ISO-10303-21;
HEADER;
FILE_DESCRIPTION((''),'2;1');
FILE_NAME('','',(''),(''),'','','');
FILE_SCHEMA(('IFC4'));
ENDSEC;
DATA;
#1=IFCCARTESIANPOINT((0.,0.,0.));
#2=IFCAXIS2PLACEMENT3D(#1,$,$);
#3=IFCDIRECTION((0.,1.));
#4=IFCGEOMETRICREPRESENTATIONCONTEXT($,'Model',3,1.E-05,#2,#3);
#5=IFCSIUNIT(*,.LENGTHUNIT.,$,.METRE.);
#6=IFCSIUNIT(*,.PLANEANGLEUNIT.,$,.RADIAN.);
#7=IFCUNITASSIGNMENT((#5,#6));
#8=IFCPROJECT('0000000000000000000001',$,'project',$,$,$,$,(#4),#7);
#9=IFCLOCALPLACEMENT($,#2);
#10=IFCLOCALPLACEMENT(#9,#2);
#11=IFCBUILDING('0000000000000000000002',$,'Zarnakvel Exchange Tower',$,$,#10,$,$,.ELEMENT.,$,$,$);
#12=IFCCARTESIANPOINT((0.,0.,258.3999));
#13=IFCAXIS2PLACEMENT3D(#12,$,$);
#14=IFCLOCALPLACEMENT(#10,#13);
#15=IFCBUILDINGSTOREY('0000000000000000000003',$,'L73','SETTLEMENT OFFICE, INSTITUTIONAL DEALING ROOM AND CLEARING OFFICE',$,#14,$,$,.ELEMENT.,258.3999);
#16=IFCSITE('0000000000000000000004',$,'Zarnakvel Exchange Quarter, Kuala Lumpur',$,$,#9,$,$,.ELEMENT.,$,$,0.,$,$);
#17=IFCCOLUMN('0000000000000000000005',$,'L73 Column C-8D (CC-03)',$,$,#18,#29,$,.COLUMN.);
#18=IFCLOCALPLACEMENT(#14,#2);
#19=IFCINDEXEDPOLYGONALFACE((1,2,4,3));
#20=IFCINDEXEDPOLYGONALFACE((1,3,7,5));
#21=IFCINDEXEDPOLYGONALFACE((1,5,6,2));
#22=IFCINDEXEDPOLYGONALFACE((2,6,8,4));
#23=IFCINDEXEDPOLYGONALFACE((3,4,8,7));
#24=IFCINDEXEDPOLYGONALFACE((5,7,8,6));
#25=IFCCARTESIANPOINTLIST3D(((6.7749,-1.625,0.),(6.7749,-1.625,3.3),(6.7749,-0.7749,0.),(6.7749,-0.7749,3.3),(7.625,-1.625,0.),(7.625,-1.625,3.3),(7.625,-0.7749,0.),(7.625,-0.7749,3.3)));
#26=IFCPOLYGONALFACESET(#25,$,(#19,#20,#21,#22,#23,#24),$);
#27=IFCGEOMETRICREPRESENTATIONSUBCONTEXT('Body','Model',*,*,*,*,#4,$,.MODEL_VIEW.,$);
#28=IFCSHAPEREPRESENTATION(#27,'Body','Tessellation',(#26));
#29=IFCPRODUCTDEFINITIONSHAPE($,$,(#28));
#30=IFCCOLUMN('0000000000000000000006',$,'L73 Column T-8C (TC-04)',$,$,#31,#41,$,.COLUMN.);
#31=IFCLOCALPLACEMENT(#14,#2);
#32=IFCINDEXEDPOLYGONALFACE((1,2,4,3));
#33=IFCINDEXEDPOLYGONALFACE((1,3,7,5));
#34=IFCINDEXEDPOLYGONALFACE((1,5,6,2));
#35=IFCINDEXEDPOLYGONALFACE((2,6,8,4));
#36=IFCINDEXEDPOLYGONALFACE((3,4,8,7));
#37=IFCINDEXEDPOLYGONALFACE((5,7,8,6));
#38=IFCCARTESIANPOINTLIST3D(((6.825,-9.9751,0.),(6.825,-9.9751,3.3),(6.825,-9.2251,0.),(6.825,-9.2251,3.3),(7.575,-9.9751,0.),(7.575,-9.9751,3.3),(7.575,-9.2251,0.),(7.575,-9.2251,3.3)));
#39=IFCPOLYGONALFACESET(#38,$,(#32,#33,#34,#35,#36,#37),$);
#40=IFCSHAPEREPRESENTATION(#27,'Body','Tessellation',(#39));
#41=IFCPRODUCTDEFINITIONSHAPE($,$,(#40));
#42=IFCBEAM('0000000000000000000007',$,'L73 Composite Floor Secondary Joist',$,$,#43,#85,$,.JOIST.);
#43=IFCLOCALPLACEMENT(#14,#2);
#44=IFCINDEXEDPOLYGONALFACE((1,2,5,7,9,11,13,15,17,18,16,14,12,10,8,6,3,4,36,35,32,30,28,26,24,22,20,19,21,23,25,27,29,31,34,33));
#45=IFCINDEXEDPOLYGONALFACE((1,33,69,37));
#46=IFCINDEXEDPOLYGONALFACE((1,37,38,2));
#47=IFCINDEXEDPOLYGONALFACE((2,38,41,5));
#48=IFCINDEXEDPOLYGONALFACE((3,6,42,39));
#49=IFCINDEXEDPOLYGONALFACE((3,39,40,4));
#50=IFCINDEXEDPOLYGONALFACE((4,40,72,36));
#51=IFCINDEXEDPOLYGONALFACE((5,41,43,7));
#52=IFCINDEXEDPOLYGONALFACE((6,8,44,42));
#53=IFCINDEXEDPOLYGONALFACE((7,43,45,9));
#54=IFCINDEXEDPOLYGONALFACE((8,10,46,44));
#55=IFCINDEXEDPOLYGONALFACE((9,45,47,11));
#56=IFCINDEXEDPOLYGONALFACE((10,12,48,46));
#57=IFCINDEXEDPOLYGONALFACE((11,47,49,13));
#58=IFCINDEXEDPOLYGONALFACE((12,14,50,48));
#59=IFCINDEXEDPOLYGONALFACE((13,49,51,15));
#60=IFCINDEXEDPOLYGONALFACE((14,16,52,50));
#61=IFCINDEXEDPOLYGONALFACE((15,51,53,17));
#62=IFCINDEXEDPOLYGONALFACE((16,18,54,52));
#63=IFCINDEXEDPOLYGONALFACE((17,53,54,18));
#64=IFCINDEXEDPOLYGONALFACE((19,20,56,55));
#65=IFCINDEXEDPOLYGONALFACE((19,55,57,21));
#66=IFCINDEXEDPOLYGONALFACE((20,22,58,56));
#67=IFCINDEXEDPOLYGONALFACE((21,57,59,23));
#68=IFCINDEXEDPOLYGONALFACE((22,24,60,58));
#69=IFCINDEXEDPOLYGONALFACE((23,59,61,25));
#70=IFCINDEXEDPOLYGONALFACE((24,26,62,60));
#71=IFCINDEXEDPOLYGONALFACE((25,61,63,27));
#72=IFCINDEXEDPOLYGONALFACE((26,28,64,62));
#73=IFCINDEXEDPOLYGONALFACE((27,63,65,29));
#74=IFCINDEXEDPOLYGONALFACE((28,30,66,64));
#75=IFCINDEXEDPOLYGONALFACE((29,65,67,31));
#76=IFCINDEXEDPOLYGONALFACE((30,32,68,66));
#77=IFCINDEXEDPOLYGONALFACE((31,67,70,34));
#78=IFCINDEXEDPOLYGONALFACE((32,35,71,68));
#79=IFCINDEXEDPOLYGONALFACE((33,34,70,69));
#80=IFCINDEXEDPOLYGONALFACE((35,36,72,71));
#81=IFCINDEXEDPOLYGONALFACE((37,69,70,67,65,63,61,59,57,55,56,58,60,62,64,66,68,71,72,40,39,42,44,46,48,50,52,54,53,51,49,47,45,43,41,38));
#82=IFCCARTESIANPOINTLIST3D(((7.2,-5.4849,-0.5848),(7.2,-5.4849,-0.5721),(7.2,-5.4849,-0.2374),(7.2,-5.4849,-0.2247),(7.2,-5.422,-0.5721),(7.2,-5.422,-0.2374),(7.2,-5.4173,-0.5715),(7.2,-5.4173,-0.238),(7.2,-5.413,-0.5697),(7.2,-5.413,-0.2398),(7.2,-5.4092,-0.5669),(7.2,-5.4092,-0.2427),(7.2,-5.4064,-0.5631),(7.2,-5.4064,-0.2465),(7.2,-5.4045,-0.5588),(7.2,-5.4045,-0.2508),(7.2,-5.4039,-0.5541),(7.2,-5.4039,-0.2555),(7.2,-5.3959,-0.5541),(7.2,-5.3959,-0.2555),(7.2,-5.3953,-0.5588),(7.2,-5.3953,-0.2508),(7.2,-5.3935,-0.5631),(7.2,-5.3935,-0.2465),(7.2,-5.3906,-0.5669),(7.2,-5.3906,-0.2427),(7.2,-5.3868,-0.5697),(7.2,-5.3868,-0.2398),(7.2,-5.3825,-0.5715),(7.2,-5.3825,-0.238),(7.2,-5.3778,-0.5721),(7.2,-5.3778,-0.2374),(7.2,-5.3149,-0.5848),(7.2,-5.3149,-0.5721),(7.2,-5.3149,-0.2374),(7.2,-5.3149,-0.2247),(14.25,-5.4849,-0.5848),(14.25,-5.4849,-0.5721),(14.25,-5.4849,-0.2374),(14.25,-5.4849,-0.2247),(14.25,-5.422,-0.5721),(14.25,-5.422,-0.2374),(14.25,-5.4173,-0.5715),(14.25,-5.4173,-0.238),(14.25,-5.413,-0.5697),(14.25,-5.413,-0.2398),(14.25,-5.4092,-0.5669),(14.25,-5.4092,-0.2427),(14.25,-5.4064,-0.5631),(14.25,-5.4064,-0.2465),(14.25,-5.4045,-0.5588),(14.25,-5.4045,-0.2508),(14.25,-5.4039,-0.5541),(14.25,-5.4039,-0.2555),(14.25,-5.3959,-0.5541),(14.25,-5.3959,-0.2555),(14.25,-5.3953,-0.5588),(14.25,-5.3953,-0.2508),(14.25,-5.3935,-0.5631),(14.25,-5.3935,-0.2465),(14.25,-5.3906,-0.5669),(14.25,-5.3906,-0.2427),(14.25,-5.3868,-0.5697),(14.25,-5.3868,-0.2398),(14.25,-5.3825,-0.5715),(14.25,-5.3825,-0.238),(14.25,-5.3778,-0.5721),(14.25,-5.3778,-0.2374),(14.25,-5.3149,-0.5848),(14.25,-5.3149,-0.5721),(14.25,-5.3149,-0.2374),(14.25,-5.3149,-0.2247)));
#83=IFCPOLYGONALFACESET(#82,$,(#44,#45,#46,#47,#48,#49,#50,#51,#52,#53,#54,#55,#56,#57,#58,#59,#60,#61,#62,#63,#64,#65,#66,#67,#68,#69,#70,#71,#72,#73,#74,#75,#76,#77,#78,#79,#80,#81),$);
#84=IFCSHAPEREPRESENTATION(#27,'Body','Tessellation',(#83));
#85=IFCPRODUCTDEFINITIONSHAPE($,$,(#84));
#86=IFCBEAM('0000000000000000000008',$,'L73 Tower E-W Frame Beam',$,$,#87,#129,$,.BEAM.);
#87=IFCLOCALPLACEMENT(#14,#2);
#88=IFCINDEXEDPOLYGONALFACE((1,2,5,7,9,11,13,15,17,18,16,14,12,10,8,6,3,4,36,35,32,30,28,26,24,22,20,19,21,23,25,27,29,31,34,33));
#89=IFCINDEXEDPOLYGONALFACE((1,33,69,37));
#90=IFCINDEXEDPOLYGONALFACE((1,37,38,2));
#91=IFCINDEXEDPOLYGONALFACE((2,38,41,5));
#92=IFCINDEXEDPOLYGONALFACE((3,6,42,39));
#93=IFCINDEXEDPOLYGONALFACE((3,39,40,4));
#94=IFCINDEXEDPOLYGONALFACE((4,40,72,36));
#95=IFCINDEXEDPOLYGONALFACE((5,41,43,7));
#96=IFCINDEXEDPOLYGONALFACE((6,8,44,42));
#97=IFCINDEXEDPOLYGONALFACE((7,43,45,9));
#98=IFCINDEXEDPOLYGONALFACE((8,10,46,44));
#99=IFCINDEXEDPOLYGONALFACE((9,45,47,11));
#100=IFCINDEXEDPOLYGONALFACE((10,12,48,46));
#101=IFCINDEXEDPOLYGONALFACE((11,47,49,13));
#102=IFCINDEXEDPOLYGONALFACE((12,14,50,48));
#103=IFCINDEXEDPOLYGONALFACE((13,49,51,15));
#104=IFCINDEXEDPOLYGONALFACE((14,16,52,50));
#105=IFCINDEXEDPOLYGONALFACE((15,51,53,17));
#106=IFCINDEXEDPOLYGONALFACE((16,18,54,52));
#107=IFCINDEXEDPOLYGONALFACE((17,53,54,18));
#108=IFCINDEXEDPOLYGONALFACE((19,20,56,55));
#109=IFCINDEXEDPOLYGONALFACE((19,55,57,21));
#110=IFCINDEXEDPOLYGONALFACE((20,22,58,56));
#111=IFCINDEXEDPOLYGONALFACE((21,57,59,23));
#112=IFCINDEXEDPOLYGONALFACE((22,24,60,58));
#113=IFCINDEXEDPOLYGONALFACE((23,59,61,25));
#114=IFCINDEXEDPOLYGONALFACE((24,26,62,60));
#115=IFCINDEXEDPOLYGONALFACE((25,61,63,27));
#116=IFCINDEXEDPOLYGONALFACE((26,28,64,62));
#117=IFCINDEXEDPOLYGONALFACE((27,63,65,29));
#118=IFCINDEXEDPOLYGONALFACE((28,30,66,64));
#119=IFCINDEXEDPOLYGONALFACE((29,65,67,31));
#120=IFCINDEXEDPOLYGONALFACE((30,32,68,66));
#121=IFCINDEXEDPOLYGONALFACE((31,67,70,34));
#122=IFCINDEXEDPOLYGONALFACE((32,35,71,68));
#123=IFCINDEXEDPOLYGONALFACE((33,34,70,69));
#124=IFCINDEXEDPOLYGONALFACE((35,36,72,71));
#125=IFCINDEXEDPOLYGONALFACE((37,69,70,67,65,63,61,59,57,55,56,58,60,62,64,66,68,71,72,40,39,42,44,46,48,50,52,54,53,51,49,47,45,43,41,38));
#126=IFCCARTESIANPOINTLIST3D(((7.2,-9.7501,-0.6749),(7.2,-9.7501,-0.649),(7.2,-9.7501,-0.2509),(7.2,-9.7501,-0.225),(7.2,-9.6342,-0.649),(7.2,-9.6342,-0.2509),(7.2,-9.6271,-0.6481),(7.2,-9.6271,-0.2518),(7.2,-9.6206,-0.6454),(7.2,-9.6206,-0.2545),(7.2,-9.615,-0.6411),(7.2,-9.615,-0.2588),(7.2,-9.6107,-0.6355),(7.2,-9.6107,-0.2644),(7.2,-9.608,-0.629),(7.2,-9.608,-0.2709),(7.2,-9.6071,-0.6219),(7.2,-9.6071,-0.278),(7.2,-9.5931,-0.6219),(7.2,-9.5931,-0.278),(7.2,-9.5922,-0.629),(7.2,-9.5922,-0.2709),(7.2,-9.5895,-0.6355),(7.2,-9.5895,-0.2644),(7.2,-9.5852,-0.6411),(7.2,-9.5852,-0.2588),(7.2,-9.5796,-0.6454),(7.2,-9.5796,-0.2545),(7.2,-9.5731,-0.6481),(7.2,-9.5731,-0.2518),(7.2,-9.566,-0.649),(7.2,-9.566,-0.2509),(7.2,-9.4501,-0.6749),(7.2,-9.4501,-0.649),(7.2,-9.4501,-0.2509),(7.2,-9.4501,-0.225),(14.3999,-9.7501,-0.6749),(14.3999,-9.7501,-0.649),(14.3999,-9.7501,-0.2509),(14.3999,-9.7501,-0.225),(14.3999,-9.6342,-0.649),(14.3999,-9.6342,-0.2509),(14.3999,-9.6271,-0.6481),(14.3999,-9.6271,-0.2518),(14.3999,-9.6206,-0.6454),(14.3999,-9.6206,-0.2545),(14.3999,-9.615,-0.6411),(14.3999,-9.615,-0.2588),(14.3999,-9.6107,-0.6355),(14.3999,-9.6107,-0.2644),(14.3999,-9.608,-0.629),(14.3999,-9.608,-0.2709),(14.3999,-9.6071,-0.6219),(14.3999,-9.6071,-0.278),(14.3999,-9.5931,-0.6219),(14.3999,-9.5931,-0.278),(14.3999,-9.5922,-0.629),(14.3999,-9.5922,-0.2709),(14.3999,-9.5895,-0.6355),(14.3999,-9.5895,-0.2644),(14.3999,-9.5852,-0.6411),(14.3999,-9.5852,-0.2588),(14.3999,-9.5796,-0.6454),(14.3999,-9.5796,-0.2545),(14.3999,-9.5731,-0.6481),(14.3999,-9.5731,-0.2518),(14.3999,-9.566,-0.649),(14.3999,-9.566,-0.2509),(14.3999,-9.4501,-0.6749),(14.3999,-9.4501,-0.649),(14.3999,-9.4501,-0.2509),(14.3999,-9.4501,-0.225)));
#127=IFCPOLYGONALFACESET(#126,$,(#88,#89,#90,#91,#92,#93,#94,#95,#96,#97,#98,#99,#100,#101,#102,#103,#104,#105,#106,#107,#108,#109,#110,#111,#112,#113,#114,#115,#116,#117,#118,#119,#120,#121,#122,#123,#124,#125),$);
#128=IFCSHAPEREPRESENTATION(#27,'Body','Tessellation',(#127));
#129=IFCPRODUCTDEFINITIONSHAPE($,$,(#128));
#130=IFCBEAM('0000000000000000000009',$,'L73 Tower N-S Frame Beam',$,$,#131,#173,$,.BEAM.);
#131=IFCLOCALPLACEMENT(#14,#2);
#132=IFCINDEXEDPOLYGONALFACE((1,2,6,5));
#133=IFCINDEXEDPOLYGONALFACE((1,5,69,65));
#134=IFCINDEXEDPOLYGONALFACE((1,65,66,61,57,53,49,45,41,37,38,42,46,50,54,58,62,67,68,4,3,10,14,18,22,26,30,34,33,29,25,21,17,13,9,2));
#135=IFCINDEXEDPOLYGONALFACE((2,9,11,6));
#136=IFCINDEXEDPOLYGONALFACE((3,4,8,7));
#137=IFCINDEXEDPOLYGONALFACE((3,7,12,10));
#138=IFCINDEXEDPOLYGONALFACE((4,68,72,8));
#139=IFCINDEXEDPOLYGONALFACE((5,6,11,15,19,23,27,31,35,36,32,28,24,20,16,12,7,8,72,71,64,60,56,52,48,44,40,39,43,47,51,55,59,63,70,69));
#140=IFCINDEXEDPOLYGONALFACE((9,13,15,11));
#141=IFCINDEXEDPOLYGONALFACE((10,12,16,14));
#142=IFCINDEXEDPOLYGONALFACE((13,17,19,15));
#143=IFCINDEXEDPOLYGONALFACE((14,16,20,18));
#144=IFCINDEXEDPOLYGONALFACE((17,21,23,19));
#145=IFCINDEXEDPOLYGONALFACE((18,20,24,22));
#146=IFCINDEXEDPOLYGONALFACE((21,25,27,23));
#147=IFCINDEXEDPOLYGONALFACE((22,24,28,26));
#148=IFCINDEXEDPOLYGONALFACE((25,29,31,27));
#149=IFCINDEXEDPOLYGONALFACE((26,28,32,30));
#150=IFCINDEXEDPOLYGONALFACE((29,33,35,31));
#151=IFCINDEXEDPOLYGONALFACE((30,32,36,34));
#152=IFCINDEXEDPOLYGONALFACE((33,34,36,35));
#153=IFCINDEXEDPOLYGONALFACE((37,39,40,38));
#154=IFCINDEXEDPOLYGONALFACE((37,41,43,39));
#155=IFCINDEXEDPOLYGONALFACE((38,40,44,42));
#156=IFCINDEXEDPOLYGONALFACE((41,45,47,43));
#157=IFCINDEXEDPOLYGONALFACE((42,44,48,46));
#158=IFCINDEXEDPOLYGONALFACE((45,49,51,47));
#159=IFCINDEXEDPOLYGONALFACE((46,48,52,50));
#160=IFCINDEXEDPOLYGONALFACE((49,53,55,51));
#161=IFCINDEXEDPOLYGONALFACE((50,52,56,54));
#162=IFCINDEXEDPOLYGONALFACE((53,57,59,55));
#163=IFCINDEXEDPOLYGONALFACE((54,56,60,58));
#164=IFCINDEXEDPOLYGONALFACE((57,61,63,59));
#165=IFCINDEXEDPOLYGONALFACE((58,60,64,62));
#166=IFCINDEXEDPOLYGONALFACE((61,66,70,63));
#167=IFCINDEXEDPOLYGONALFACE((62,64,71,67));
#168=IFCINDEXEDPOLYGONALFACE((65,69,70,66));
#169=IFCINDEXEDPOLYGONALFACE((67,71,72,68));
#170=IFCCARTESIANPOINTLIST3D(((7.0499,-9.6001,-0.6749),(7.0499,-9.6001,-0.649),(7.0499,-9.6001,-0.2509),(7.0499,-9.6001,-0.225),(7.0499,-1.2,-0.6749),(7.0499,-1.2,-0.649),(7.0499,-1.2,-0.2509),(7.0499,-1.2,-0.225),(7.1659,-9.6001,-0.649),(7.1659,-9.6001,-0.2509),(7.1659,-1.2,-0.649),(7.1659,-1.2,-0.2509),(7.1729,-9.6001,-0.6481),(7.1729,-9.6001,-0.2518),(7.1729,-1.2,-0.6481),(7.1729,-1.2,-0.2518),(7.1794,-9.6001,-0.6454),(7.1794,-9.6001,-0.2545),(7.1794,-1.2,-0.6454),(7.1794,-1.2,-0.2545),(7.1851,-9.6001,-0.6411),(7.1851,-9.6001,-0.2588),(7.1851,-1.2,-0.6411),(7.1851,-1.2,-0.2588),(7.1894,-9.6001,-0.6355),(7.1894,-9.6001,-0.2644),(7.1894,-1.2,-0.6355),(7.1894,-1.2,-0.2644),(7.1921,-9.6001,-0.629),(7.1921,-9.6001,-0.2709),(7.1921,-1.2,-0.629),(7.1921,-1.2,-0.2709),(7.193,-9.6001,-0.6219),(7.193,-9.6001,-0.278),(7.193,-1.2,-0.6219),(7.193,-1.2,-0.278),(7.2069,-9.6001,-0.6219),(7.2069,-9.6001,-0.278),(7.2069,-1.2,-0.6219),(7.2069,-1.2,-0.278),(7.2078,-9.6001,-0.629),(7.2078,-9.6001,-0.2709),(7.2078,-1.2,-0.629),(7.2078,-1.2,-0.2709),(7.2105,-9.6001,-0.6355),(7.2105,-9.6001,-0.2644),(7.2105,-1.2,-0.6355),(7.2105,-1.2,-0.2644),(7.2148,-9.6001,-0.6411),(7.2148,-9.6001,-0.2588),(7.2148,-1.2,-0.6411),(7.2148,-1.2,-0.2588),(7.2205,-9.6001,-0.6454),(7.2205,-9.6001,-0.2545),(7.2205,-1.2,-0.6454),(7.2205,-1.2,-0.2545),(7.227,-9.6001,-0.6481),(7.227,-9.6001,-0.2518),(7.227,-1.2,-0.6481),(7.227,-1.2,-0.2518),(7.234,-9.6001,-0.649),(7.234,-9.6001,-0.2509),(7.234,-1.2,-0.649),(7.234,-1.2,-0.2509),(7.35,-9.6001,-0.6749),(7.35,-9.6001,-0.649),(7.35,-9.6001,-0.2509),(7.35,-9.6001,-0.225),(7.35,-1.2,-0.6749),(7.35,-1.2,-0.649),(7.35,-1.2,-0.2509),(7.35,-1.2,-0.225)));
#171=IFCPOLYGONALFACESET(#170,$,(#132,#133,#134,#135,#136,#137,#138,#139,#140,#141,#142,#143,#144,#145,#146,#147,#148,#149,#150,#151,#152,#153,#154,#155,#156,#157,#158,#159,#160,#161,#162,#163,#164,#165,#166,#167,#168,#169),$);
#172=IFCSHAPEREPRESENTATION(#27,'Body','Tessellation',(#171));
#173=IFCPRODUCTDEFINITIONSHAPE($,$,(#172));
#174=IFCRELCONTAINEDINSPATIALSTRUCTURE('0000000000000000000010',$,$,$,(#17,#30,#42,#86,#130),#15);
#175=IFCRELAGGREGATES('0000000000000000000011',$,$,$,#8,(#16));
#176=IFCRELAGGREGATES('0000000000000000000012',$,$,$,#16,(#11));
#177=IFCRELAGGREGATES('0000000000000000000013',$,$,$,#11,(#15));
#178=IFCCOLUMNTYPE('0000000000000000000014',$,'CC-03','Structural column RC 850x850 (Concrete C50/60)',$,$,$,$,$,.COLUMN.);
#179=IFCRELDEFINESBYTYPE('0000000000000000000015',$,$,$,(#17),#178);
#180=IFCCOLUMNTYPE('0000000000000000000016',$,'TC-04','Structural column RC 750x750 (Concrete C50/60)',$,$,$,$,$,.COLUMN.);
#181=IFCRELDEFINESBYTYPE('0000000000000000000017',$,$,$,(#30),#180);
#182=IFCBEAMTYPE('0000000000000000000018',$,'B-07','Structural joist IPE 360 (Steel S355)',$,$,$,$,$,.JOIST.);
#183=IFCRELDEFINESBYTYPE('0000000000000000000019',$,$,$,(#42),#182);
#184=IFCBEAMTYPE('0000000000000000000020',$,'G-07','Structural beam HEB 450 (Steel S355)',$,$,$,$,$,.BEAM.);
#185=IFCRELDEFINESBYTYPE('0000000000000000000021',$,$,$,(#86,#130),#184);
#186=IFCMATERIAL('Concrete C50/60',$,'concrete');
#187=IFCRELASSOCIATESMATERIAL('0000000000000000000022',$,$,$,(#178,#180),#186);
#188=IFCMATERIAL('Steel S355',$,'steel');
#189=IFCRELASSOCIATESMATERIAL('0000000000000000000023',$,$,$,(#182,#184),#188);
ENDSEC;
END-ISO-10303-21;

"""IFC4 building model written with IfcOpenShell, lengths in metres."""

from ifc_helpers import new_model, si_unit, direction, frame, origin, origin_2d, place, context, subcontext, project, spatial, rectangle, i_section, extrude, material, material_profile, profile_set, type_object, element, save


model = new_model("IFC4")

# Units and contexts
model_context = context("Model", 3, precision=1e-05, world=origin(), true_north=direction((0.0, 1.0)))
body_context = subcontext(model_context, "Body", "Model", "MODEL_VIEW")
ifc_project = project(units=[si_unit("LENGTHUNIT", "METRE"), si_unit("PLANEANGLEUNIT", "RADIAN")], contexts=[model_context])

# Site, building, storey
site_placement = place(None, origin())
site = spatial("IfcSite", under=ifc_project, at=site_placement, Name="Zarnakvel Exchange Quarter, Kuala Lumpur", CompositionType="ELEMENT", RefElevation=0.0)
building_placement = place(site_placement, origin())
building = spatial("IfcBuilding", under=site, at=building_placement, Name="Zarnakvel Exchange Tower", CompositionType="ELEMENT")
storey_placement = place(building_placement, frame((0.0, 0.0, 258.3999)))
storey = spatial("IfcBuildingStorey", under=building, at=storey_placement, Name="L73", Description="SETTLEMENT OFFICE, INSTITUTIONAL DEALING ROOM AND CLEARING OFFICE", CompositionType="ELEMENT", Elevation=258.3999)

# Columns
ifc_material_1 = material(Name="Concrete C50/60", Category="concrete")
ifc_material_profile_1 = material_profile(ifc_material_1, rectangle(XDim=0.8501, YDim=0.8501, at=origin_2d()))
ifc_profile_set_1 = profile_set([ifc_material_profile_1], Name="Concrete C50/60")
column_type_1 = type_object("IfcColumnType", Name="CC-03", Description="Structural column RC 850x850 (Concrete C50/60)", PredefinedType="COLUMN", material=ifc_profile_set_1)
column_1_placement = place(storey_placement, frame((7.2, -1.2, 0.0), z_axis=(0.0, 0.0, 1.0), x_axis=(1.0, 0.0, 0.0)))
element("IfcColumn", 1, at=column_1_placement, inside=storey, type_object=column_type_1, Name="L73 Column C-8D (CC-03)", PredefinedType="COLUMN", context=body_context, shape_type="SweptSolid", body=[
    extrude(rectangle(XDim=0.8501, YDim=0.8501, at=origin_2d()), origin(), (0.0, 0.0, 1.0), 3.3),
])
ifc_material_profile_2 = material_profile(ifc_material_1, rectangle(XDim=0.75, YDim=0.75, at=origin_2d()))
ifc_profile_set_2 = profile_set([ifc_material_profile_2], Name="Concrete C50/60")
column_type_2 = type_object("IfcColumnType", Name="TC-04", Description="Structural column RC 750x750 (Concrete C50/60)", PredefinedType="COLUMN", material=ifc_profile_set_2)
column_2_placement = place(storey_placement, frame((7.2, -9.6001, 0.0), z_axis=(0.0, 0.0, 1.0), x_axis=(1.0, 0.0, 0.0)))
element("IfcColumn", 2, at=column_2_placement, inside=storey, type_object=column_type_2, Name="L73 Column T-8C (TC-04)", PredefinedType="COLUMN", context=body_context, shape_type="SweptSolid", body=[
    extrude(rectangle(XDim=0.75, YDim=0.75, at=origin_2d()), origin(), (0.0, 0.0, 1.0), 3.3),
])

# Beams
ifc_material_2 = material(Name="Steel S355", Category="steel")
ifc_material_profile_3 = material_profile(ifc_material_2, i_section(OverallWidth=0.1699, OverallDepth=0.3601, WebThickness=0.0081, FlangeThickness=0.0127, FilletRadius=0.0181, at=origin_2d()))
ifc_profile_set_3 = profile_set([ifc_material_profile_3], Name="Steel S355")
beam_type_1 = type_object("IfcBeamType", Name="B-07", Description="Structural joist IPE 360 (Steel S355)", PredefinedType="JOIST", material=ifc_profile_set_3)
beam_1_placement = place(storey_placement, frame((7.2, -5.3999, -0.4048), z_axis=(1.0, 0.0, 0.0), x_axis=(0.0, 1.0, 0.0)))
element("IfcBeam", 3, at=beam_1_placement, inside=storey, type_object=beam_type_1, Name="L73 Composite Floor Secondary Joist", PredefinedType="JOIST", context=body_context, shape_type="SweptSolid", body=[
    extrude(i_section(OverallWidth=0.1699, OverallDepth=0.3601, WebThickness=0.0081, FlangeThickness=0.0127, FilletRadius=0.0181, at=origin_2d()), origin(), (0.0, 0.0, 1.0), 7.05),
])
ifc_material_profile_4 = material_profile(ifc_material_2, i_section(OverallWidth=0.3, OverallDepth=0.45, WebThickness=0.0139, FlangeThickness=0.0259, FilletRadius=0.0271, at=origin_2d()))
ifc_profile_set_4 = profile_set([ifc_material_profile_4], Name="Steel S355")
beam_type_2 = type_object("IfcBeamType", Name="G-07", Description="Structural beam HEB 450 (Steel S355)", PredefinedType="BEAM", material=ifc_profile_set_4)
beam_2_placement = place(storey_placement, frame((7.2, -9.6001, -0.45), z_axis=(1.0, 0.0, 0.0), x_axis=(0.0, 1.0, 0.0)))
element("IfcBeam", 4, at=beam_2_placement, inside=storey, type_object=beam_type_2, Name="L73 Tower E-W Frame Beam", PredefinedType="BEAM", context=body_context, shape_type="SweptSolid", body=[
    extrude(i_section(OverallWidth=0.3, OverallDepth=0.45, WebThickness=0.0139, FlangeThickness=0.0259, FilletRadius=0.0271, at=origin_2d()), origin(), (0.0, 0.0, 1.0), 7.2),
])
beam_3_placement = place(storey_placement, frame((7.2, -9.6001, -0.45), z_axis=(0.0, 1.0, 0.0), x_axis=(-1.0, 0.0, 0.0)))
element("IfcBeam", 5, at=beam_3_placement, inside=storey, type_object=beam_type_2, Name="L73 Tower N-S Frame Beam", PredefinedType="BEAM", context=body_context, shape_type="SweptSolid", body=[
    extrude(i_section(OverallWidth=0.3, OverallDepth=0.45, WebThickness=0.0139, FlangeThickness=0.0259, FilletRadius=0.0271, at=origin_2d()), origin(), (0.0, 0.0, 1.0), 8.4001),
])

save(model, "model.ifc")
